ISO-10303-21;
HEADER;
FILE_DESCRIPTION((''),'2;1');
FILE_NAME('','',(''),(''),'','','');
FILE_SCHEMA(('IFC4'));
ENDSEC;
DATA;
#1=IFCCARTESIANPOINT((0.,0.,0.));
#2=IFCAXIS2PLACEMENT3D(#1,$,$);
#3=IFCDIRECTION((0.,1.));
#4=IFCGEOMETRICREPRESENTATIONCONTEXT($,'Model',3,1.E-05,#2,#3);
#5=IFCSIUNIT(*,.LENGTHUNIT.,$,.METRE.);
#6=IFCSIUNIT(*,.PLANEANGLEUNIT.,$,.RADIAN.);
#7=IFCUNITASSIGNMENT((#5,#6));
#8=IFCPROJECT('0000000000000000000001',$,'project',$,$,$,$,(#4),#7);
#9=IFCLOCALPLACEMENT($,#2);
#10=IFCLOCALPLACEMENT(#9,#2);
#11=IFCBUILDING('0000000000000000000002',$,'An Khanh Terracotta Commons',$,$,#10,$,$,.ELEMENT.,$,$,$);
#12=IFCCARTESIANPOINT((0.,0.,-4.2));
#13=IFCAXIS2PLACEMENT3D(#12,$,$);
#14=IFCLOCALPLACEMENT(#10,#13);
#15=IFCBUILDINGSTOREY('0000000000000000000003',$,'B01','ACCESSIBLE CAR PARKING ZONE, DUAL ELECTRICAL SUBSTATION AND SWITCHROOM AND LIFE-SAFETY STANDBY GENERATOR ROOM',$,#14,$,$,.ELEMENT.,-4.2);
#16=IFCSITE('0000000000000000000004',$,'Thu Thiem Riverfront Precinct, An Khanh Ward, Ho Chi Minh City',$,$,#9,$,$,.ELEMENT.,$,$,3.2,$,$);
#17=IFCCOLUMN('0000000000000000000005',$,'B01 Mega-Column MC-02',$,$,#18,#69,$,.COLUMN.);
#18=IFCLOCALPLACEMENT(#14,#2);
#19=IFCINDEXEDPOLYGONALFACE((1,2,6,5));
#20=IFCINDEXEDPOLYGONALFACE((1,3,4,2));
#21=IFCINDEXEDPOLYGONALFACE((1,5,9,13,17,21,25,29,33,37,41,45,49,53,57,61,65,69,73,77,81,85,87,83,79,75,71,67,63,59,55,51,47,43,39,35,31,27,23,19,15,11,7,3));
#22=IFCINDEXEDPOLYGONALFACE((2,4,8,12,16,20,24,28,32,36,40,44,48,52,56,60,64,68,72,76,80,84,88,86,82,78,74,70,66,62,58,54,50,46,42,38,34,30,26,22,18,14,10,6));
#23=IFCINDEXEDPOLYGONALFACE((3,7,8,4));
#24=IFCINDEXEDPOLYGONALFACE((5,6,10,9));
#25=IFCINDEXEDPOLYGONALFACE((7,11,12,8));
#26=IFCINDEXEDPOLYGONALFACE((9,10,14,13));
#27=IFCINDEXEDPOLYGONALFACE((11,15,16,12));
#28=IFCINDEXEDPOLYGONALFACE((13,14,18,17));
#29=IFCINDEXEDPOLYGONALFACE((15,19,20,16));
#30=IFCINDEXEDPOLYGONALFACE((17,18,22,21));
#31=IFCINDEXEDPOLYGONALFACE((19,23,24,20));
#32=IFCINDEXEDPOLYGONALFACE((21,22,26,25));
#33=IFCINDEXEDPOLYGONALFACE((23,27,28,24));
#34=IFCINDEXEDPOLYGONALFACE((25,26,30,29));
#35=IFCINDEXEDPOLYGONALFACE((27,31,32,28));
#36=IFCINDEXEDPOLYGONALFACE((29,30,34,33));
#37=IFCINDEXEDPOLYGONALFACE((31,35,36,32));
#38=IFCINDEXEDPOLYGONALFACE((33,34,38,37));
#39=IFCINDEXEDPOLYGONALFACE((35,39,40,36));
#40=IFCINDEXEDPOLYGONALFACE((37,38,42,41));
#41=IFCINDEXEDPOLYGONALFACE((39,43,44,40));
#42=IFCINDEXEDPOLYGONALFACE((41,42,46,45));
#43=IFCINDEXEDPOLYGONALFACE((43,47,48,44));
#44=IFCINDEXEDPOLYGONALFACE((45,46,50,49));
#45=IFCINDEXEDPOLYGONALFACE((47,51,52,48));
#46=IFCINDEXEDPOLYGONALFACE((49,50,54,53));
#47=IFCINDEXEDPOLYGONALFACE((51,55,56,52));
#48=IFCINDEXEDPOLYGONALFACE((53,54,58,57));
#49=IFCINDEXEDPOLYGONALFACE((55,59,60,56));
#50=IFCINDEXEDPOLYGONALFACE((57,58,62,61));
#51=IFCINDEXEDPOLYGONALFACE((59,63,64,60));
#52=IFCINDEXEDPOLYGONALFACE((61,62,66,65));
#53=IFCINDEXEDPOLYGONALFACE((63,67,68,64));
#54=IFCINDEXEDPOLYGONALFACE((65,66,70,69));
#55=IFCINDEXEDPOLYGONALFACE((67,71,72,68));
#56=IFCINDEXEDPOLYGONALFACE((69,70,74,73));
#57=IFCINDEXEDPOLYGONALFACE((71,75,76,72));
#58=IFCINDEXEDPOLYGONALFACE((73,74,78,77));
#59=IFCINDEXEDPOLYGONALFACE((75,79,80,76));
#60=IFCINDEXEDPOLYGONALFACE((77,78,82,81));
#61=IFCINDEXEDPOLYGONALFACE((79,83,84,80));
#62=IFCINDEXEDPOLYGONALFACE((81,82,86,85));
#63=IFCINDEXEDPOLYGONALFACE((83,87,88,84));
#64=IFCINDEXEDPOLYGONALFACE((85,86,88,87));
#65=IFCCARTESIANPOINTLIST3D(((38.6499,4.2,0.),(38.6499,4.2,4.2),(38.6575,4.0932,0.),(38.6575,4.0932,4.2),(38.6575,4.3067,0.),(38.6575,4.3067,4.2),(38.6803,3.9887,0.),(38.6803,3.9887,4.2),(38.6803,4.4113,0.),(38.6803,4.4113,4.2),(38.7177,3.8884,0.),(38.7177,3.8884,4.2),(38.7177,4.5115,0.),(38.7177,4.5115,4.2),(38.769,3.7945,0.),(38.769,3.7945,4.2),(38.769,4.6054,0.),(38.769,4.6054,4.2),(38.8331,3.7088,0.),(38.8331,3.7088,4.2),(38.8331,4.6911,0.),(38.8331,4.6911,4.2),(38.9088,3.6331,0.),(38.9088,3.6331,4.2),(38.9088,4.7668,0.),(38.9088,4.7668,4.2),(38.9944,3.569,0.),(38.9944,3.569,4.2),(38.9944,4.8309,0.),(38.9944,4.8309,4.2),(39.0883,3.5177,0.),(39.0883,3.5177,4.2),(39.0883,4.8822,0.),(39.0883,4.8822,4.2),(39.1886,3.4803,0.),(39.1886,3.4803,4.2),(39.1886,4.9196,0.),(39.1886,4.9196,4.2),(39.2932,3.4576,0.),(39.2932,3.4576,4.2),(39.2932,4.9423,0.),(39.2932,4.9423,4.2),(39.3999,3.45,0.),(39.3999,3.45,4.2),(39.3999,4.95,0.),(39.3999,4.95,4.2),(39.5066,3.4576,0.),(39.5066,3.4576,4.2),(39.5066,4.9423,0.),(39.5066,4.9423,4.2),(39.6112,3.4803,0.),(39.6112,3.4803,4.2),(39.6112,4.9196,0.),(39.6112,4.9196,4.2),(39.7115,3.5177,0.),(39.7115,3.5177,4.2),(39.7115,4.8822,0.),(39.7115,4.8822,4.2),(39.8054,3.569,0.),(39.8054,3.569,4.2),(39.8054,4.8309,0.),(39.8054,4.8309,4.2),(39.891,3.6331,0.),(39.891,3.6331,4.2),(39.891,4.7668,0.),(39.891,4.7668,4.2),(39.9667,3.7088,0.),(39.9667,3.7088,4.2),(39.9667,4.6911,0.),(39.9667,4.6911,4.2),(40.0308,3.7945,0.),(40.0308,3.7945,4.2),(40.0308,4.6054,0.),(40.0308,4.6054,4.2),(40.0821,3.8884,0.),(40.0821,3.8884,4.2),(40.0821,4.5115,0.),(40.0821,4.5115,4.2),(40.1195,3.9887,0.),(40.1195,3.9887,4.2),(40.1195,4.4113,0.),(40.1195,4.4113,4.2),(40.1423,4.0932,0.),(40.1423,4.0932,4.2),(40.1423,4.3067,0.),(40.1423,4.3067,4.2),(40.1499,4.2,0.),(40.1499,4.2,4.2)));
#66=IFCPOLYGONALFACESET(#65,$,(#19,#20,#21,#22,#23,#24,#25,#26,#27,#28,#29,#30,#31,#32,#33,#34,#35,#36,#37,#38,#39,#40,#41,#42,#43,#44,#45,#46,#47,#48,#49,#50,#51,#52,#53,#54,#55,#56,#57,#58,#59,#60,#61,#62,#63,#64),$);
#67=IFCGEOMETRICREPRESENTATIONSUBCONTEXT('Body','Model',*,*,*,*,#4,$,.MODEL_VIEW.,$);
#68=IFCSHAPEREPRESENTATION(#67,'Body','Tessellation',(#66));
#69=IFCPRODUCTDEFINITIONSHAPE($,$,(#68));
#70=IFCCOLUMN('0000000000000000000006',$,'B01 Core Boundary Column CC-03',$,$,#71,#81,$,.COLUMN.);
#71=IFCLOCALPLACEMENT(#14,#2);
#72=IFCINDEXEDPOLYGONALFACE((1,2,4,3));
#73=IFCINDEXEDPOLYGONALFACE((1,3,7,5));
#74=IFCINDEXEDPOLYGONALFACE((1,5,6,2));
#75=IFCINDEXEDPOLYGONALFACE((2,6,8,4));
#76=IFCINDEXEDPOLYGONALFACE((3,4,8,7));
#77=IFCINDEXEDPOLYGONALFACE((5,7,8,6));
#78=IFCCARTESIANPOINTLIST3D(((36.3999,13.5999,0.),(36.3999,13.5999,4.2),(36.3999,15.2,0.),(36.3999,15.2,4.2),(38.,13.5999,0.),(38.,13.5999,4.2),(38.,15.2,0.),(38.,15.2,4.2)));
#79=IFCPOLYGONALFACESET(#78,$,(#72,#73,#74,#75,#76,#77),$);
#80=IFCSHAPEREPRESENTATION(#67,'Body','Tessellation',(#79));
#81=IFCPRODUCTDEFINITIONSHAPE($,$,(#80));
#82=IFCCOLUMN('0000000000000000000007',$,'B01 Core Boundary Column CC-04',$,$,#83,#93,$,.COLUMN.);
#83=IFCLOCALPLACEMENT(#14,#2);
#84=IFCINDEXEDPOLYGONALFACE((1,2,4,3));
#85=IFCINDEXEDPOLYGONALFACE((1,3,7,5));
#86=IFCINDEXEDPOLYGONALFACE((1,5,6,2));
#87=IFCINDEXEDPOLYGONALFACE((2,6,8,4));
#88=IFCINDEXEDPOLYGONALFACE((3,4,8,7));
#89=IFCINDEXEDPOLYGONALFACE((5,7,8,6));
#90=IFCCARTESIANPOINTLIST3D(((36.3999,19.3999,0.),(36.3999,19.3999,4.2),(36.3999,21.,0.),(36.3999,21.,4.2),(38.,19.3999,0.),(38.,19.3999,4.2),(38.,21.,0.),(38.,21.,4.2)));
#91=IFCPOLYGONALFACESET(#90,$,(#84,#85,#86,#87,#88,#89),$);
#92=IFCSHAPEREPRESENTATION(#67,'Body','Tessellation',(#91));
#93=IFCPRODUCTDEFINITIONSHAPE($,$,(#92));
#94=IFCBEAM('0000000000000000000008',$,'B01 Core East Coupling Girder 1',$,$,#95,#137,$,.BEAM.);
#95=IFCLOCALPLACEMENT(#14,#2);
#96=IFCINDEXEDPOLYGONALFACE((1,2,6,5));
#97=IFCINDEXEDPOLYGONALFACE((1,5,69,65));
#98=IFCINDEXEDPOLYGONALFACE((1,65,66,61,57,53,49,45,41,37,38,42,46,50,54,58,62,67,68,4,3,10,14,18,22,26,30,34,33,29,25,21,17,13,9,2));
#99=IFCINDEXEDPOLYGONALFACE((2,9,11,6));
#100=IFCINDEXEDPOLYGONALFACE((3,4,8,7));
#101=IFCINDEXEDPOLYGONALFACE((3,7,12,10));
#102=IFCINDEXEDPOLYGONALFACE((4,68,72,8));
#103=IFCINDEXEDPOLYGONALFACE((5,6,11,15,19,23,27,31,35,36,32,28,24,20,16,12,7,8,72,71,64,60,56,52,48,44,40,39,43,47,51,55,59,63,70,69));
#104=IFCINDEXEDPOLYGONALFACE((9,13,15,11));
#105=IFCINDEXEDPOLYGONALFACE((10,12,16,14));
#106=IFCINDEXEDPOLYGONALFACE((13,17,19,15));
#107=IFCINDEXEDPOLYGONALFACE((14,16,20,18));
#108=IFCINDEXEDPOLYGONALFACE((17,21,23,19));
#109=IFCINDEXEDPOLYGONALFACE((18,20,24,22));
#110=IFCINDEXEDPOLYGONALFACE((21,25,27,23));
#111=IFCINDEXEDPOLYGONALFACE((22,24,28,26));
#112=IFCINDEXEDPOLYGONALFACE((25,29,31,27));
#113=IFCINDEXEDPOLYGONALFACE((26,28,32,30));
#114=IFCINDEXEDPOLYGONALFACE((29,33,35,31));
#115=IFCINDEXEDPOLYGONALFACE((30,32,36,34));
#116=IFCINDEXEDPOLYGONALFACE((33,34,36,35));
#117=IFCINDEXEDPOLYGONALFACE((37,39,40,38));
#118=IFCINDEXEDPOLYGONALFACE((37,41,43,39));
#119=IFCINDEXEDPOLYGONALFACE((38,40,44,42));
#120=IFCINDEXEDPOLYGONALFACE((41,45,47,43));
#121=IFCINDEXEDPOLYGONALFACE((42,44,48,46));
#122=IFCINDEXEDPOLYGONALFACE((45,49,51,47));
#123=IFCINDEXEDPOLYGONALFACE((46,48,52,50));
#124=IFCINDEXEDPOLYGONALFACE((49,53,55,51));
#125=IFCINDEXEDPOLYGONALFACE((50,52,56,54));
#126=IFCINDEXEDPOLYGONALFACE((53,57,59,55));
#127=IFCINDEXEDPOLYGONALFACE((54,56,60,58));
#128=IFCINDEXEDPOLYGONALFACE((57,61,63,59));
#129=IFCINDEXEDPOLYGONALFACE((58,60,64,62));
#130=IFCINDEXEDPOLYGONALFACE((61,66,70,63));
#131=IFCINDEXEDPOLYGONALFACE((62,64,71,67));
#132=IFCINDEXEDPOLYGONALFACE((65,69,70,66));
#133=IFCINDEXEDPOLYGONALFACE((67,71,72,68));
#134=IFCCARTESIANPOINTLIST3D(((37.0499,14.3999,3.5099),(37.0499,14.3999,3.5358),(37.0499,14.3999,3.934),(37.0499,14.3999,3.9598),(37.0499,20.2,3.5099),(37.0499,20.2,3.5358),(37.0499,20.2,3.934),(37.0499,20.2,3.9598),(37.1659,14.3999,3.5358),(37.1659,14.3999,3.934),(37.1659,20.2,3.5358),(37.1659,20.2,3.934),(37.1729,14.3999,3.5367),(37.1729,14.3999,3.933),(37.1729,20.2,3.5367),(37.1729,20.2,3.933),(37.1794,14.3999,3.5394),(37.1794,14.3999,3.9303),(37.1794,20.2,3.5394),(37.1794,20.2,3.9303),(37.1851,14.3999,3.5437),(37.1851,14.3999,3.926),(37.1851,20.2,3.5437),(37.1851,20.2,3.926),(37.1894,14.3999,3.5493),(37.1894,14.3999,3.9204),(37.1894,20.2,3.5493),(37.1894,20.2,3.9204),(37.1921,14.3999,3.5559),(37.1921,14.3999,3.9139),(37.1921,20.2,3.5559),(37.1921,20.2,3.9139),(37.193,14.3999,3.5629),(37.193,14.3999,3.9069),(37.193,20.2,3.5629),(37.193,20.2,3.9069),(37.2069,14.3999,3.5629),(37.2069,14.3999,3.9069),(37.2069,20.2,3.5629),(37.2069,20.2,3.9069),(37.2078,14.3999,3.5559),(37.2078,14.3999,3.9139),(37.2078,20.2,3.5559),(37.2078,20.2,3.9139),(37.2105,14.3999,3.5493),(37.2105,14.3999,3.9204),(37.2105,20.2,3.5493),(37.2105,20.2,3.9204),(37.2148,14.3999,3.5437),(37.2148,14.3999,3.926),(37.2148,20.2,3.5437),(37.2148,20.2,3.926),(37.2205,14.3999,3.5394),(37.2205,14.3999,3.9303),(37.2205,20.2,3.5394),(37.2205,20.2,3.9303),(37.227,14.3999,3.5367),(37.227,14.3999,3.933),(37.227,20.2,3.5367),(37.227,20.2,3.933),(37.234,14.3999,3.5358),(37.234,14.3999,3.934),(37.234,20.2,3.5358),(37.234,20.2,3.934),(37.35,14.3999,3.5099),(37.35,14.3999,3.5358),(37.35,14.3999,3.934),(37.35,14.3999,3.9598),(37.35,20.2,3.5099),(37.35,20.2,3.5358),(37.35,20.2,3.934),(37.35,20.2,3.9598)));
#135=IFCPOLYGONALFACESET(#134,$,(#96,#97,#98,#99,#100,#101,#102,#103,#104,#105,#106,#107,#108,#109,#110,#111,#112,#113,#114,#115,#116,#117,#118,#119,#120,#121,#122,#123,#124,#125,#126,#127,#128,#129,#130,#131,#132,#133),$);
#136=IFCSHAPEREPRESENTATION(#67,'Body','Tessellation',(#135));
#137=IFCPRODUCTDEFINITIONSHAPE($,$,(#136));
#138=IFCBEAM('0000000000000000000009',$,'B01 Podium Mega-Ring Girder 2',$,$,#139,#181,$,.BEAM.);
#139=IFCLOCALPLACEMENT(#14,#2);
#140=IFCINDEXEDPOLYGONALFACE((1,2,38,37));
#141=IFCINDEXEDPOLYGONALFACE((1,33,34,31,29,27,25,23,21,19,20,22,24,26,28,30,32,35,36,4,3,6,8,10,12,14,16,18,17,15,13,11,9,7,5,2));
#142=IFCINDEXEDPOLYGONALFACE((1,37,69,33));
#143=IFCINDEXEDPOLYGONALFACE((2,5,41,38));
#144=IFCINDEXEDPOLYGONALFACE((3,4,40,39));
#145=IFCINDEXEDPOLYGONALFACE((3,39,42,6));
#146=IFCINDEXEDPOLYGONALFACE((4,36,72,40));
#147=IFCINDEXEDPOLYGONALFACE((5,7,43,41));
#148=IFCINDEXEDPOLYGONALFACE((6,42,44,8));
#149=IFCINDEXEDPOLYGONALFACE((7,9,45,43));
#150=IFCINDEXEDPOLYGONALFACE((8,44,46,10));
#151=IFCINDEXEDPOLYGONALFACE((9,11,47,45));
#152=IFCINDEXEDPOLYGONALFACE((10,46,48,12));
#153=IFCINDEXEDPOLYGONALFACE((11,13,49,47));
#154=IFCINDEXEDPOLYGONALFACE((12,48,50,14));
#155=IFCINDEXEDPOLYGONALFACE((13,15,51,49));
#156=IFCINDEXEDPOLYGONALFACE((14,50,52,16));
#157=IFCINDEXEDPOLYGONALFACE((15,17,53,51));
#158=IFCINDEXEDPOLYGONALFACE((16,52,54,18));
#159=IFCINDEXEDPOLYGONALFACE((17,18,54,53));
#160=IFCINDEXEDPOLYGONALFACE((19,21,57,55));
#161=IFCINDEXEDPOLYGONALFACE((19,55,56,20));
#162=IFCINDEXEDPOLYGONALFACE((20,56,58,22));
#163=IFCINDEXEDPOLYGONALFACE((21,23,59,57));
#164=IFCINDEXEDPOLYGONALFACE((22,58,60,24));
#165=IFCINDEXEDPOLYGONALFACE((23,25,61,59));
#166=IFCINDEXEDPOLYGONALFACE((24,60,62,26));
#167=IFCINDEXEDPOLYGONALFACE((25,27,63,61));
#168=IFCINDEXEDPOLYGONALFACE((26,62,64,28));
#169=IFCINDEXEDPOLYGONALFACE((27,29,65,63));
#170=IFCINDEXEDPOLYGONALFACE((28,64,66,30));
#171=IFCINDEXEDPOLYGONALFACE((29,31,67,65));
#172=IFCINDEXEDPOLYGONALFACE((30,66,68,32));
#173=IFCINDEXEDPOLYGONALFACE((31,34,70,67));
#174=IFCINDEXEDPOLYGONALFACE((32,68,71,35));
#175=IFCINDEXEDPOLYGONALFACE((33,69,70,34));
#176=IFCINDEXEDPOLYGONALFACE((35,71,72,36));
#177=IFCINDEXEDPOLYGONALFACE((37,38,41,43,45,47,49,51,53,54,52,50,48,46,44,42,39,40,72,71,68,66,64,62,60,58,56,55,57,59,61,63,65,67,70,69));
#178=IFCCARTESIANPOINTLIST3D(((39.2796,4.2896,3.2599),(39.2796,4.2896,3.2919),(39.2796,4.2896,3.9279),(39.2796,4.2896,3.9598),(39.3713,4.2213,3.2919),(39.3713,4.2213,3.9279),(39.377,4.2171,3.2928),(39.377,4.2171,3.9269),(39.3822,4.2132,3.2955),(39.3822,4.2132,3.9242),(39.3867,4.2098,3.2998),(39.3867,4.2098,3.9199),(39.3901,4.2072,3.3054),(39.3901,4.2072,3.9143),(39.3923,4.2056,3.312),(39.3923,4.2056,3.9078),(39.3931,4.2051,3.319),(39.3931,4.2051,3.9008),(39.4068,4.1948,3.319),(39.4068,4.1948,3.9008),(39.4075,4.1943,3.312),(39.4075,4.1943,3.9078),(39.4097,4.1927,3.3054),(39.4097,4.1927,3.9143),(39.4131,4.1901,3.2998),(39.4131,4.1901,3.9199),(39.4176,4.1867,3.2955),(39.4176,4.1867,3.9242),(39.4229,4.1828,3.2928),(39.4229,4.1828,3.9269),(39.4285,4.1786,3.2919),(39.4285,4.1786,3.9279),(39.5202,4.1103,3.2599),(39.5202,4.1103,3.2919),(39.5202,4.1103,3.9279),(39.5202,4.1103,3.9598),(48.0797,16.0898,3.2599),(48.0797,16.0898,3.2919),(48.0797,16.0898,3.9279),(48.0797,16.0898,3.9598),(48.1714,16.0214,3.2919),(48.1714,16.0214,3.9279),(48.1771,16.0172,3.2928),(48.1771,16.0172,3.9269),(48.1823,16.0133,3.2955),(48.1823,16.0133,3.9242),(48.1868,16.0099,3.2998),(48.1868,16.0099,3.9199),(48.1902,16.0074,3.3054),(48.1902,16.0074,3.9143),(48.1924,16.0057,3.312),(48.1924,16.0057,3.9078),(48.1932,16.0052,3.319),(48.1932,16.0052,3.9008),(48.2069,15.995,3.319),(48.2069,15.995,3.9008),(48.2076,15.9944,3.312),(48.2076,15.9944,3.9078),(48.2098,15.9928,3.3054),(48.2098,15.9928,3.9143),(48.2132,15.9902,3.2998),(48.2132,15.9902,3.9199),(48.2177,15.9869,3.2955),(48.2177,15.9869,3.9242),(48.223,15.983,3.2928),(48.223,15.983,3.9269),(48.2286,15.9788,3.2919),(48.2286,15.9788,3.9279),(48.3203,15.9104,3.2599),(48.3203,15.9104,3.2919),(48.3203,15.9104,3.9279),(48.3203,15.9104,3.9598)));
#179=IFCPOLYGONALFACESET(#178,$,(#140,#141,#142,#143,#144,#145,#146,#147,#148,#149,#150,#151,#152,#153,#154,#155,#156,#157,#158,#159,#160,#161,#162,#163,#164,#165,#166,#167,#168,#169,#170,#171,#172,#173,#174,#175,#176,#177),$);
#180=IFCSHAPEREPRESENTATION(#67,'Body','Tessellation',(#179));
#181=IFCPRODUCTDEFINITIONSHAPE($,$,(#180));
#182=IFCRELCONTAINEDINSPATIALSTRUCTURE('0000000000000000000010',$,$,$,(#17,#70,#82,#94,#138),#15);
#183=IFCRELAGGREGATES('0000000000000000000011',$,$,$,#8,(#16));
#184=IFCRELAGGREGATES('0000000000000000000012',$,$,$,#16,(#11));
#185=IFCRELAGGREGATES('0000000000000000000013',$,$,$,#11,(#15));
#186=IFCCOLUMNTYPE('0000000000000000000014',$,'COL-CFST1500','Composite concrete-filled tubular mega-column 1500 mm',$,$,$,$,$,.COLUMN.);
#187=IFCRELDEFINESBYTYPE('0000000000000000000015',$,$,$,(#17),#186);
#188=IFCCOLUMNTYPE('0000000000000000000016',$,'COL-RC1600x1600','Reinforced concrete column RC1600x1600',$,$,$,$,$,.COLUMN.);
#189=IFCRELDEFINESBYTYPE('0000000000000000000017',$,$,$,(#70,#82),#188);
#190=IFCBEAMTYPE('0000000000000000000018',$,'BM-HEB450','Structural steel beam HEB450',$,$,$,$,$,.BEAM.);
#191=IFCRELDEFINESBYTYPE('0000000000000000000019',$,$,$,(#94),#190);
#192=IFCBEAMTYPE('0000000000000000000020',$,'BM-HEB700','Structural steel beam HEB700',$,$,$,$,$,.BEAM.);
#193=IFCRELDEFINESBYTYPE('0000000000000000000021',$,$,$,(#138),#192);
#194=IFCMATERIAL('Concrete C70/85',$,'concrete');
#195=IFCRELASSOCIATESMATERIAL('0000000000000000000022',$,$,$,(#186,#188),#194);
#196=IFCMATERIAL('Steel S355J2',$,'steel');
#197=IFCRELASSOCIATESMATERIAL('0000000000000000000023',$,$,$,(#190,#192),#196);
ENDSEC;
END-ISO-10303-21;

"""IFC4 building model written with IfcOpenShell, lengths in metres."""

from ifc_helpers import new_model, si_unit, direction, frame, origin, origin_2d, place, context, subcontext, project, spatial, rectangle, circle, i_section, extrude, material, material_profile, profile_set, type_object, element, save


model = new_model("IFC4")

# Units and contexts
model_context = context("Model", 3, precision=1e-05, world=origin(), true_north=direction((0.0, 1.0)))
body_context = subcontext(model_context, "Body", "Model", "MODEL_VIEW")
ifc_project = project(units=[si_unit("LENGTHUNIT", "METRE"), si_unit("PLANEANGLEUNIT", "RADIAN")], contexts=[model_context])

# Site, building, storey
site_placement = place(None, origin())
site = spatial("IfcSite", under=ifc_project, at=site_placement, Name="Thu Thiem Riverfront Precinct, An Khanh Ward, Ho Chi Minh City", CompositionType="ELEMENT", RefElevation=3.2)
building_placement = place(site_placement, origin())
building = spatial("IfcBuilding", under=site, at=building_placement, Name="An Khanh Terracotta Commons", CompositionType="ELEMENT")
storey_placement = place(building_placement, frame((0.0, 0.0, -4.2)))
storey = spatial("IfcBuildingStorey", under=building, at=storey_placement, Name="B01", Description="ACCESSIBLE CAR PARKING ZONE, DUAL ELECTRICAL SUBSTATION AND SWITCHROOM AND LIFE-SAFETY STANDBY GENERATOR ROOM", CompositionType="ELEMENT", Elevation=-4.2)

# Columns
ifc_material_1 = material(Name="Concrete C70/85", Category="concrete")
ifc_material_profile_1 = material_profile(ifc_material_1, circle(Radius=0.75, at=origin_2d()), Name="CFST1500")
ifc_profile_set_1 = profile_set([ifc_material_profile_1], Name="Concrete C70/85")
column_type_1 = type_object("IfcColumnType", Name="COL-CFST1500", Description="Composite concrete-filled tubular mega-column 1500 mm", PredefinedType="COLUMN", material=ifc_profile_set_1)
column_placement = place(storey_placement, frame((39.3999, 4.2, 0.0), z_axis=(0.0, 0.0, 1.0), x_axis=(1.0, 0.0, 0.0)))
element("IfcColumn", 1, at=column_placement, inside=storey, type_object=column_type_1, Name="B01 Mega-Column MC-02", PredefinedType="COLUMN", context=body_context, shape_type="SweptSolid", body=[
    extrude(circle(Radius=0.75, at=origin_2d()), origin(), (0.0, 0.0, 1.0), 4.2),
])
ifc_material_profile_2 = material_profile(ifc_material_1, rectangle(XDim=1.6001, YDim=1.6001, at=origin_2d()), Name="RC1600x1600")
ifc_profile_set_2 = profile_set([ifc_material_profile_2], Name="Concrete C70/85")
column_type_2 = type_object("IfcColumnType", Name="COL-RC1600x1600", Description="Reinforced concrete column RC1600x1600", PredefinedType="COLUMN", material=ifc_profile_set_2)
for number, where, z_axis, x_axis, name in (
    (2, (37.2, 14.3999, 0.0), (0.0, 0.0, 1.0), (1.0, 0.0, 0.0), "B01 Core Boundary Column CC-03"),
    (3, (37.2, 20.2, 0.0), (0.0, 0.0, 1.0), (1.0, 0.0, 0.0), "B01 Core Boundary Column CC-04"),
):
    element("IfcColumn", number, at=place(storey_placement, frame(where, z_axis=z_axis, x_axis=x_axis)), inside=storey, type_object=column_type_2, Name=name, PredefinedType="COLUMN", context=body_context, shape_type="SweptSolid", body=[
        extrude(rectangle(XDim=1.6001, YDim=1.6001, at=origin_2d()), origin(), (0.0, 0.0, 1.0), 4.2),
    ])

# Beams
ifc_material_2 = material(Name="Steel S355J2", Category="steel")
ifc_material_profile_3 = material_profile(ifc_material_2, i_section(OverallWidth=0.3, OverallDepth=0.45, WebThickness=0.0139, FlangeThickness=0.0259, FilletRadius=0.0271, at=origin_2d()), Name="HEB450")
ifc_profile_set_3 = profile_set([ifc_material_profile_3], Name="Steel S355J2")
beam_type_1 = type_object("IfcBeamType", Name="BM-HEB450", Description="Structural steel beam HEB450", PredefinedType="BEAM", material=ifc_profile_set_3)
beam_1_placement = place(storey_placement, frame((37.2, 14.3999, 3.7349), z_axis=(0.0, 1.0, 0.0), x_axis=(-1.0, 0.0, 0.0)))
element("IfcBeam", 4, at=beam_1_placement, inside=storey, type_object=beam_type_1, Name="B01 Core East Coupling Girder 1", PredefinedType="BEAM", context=body_context, shape_type="SweptSolid", body=[
    extrude(i_section(OverallWidth=0.3, OverallDepth=0.45, WebThickness=0.0139, FlangeThickness=0.0259, FilletRadius=0.0271, at=origin_2d()), origin(), (0.0, 0.0, 1.0), 5.8),
])
ifc_material_profile_4 = material_profile(ifc_material_2, i_section(OverallWidth=0.3, OverallDepth=0.7, WebThickness=0.0171, FlangeThickness=0.032, FilletRadius=0.0271, at=origin_2d()), Name="HEB700")
ifc_profile_set_4 = profile_set([ifc_material_profile_4], Name="Steel S355J2")
beam_type_2 = type_object("IfcBeamType", Name="BM-HEB700", Description="Structural steel beam HEB700", PredefinedType="BEAM", material=ifc_profile_set_4)
beam_2_placement = place(storey_placement, frame((39.3999, 4.2, 3.6099), z_axis=(0.597824, 0.801627, 0.0), x_axis=(-0.801627, 0.597824, 0.0)))
element("IfcBeam", 5, at=beam_2_placement, inside=storey, type_object=beam_type_2, Name="B01 Podium Mega-Ring Girder 2", PredefinedType="BEAM", context=body_context, shape_type="SweptSolid", body=[
    extrude(i_section(OverallWidth=0.3, OverallDepth=0.7, WebThickness=0.0171, FlangeThickness=0.032, FilletRadius=0.0271, at=origin_2d()), origin(), (0.0, 0.0, 1.0), 14.7202),
])

save(model, "model.ifc")
